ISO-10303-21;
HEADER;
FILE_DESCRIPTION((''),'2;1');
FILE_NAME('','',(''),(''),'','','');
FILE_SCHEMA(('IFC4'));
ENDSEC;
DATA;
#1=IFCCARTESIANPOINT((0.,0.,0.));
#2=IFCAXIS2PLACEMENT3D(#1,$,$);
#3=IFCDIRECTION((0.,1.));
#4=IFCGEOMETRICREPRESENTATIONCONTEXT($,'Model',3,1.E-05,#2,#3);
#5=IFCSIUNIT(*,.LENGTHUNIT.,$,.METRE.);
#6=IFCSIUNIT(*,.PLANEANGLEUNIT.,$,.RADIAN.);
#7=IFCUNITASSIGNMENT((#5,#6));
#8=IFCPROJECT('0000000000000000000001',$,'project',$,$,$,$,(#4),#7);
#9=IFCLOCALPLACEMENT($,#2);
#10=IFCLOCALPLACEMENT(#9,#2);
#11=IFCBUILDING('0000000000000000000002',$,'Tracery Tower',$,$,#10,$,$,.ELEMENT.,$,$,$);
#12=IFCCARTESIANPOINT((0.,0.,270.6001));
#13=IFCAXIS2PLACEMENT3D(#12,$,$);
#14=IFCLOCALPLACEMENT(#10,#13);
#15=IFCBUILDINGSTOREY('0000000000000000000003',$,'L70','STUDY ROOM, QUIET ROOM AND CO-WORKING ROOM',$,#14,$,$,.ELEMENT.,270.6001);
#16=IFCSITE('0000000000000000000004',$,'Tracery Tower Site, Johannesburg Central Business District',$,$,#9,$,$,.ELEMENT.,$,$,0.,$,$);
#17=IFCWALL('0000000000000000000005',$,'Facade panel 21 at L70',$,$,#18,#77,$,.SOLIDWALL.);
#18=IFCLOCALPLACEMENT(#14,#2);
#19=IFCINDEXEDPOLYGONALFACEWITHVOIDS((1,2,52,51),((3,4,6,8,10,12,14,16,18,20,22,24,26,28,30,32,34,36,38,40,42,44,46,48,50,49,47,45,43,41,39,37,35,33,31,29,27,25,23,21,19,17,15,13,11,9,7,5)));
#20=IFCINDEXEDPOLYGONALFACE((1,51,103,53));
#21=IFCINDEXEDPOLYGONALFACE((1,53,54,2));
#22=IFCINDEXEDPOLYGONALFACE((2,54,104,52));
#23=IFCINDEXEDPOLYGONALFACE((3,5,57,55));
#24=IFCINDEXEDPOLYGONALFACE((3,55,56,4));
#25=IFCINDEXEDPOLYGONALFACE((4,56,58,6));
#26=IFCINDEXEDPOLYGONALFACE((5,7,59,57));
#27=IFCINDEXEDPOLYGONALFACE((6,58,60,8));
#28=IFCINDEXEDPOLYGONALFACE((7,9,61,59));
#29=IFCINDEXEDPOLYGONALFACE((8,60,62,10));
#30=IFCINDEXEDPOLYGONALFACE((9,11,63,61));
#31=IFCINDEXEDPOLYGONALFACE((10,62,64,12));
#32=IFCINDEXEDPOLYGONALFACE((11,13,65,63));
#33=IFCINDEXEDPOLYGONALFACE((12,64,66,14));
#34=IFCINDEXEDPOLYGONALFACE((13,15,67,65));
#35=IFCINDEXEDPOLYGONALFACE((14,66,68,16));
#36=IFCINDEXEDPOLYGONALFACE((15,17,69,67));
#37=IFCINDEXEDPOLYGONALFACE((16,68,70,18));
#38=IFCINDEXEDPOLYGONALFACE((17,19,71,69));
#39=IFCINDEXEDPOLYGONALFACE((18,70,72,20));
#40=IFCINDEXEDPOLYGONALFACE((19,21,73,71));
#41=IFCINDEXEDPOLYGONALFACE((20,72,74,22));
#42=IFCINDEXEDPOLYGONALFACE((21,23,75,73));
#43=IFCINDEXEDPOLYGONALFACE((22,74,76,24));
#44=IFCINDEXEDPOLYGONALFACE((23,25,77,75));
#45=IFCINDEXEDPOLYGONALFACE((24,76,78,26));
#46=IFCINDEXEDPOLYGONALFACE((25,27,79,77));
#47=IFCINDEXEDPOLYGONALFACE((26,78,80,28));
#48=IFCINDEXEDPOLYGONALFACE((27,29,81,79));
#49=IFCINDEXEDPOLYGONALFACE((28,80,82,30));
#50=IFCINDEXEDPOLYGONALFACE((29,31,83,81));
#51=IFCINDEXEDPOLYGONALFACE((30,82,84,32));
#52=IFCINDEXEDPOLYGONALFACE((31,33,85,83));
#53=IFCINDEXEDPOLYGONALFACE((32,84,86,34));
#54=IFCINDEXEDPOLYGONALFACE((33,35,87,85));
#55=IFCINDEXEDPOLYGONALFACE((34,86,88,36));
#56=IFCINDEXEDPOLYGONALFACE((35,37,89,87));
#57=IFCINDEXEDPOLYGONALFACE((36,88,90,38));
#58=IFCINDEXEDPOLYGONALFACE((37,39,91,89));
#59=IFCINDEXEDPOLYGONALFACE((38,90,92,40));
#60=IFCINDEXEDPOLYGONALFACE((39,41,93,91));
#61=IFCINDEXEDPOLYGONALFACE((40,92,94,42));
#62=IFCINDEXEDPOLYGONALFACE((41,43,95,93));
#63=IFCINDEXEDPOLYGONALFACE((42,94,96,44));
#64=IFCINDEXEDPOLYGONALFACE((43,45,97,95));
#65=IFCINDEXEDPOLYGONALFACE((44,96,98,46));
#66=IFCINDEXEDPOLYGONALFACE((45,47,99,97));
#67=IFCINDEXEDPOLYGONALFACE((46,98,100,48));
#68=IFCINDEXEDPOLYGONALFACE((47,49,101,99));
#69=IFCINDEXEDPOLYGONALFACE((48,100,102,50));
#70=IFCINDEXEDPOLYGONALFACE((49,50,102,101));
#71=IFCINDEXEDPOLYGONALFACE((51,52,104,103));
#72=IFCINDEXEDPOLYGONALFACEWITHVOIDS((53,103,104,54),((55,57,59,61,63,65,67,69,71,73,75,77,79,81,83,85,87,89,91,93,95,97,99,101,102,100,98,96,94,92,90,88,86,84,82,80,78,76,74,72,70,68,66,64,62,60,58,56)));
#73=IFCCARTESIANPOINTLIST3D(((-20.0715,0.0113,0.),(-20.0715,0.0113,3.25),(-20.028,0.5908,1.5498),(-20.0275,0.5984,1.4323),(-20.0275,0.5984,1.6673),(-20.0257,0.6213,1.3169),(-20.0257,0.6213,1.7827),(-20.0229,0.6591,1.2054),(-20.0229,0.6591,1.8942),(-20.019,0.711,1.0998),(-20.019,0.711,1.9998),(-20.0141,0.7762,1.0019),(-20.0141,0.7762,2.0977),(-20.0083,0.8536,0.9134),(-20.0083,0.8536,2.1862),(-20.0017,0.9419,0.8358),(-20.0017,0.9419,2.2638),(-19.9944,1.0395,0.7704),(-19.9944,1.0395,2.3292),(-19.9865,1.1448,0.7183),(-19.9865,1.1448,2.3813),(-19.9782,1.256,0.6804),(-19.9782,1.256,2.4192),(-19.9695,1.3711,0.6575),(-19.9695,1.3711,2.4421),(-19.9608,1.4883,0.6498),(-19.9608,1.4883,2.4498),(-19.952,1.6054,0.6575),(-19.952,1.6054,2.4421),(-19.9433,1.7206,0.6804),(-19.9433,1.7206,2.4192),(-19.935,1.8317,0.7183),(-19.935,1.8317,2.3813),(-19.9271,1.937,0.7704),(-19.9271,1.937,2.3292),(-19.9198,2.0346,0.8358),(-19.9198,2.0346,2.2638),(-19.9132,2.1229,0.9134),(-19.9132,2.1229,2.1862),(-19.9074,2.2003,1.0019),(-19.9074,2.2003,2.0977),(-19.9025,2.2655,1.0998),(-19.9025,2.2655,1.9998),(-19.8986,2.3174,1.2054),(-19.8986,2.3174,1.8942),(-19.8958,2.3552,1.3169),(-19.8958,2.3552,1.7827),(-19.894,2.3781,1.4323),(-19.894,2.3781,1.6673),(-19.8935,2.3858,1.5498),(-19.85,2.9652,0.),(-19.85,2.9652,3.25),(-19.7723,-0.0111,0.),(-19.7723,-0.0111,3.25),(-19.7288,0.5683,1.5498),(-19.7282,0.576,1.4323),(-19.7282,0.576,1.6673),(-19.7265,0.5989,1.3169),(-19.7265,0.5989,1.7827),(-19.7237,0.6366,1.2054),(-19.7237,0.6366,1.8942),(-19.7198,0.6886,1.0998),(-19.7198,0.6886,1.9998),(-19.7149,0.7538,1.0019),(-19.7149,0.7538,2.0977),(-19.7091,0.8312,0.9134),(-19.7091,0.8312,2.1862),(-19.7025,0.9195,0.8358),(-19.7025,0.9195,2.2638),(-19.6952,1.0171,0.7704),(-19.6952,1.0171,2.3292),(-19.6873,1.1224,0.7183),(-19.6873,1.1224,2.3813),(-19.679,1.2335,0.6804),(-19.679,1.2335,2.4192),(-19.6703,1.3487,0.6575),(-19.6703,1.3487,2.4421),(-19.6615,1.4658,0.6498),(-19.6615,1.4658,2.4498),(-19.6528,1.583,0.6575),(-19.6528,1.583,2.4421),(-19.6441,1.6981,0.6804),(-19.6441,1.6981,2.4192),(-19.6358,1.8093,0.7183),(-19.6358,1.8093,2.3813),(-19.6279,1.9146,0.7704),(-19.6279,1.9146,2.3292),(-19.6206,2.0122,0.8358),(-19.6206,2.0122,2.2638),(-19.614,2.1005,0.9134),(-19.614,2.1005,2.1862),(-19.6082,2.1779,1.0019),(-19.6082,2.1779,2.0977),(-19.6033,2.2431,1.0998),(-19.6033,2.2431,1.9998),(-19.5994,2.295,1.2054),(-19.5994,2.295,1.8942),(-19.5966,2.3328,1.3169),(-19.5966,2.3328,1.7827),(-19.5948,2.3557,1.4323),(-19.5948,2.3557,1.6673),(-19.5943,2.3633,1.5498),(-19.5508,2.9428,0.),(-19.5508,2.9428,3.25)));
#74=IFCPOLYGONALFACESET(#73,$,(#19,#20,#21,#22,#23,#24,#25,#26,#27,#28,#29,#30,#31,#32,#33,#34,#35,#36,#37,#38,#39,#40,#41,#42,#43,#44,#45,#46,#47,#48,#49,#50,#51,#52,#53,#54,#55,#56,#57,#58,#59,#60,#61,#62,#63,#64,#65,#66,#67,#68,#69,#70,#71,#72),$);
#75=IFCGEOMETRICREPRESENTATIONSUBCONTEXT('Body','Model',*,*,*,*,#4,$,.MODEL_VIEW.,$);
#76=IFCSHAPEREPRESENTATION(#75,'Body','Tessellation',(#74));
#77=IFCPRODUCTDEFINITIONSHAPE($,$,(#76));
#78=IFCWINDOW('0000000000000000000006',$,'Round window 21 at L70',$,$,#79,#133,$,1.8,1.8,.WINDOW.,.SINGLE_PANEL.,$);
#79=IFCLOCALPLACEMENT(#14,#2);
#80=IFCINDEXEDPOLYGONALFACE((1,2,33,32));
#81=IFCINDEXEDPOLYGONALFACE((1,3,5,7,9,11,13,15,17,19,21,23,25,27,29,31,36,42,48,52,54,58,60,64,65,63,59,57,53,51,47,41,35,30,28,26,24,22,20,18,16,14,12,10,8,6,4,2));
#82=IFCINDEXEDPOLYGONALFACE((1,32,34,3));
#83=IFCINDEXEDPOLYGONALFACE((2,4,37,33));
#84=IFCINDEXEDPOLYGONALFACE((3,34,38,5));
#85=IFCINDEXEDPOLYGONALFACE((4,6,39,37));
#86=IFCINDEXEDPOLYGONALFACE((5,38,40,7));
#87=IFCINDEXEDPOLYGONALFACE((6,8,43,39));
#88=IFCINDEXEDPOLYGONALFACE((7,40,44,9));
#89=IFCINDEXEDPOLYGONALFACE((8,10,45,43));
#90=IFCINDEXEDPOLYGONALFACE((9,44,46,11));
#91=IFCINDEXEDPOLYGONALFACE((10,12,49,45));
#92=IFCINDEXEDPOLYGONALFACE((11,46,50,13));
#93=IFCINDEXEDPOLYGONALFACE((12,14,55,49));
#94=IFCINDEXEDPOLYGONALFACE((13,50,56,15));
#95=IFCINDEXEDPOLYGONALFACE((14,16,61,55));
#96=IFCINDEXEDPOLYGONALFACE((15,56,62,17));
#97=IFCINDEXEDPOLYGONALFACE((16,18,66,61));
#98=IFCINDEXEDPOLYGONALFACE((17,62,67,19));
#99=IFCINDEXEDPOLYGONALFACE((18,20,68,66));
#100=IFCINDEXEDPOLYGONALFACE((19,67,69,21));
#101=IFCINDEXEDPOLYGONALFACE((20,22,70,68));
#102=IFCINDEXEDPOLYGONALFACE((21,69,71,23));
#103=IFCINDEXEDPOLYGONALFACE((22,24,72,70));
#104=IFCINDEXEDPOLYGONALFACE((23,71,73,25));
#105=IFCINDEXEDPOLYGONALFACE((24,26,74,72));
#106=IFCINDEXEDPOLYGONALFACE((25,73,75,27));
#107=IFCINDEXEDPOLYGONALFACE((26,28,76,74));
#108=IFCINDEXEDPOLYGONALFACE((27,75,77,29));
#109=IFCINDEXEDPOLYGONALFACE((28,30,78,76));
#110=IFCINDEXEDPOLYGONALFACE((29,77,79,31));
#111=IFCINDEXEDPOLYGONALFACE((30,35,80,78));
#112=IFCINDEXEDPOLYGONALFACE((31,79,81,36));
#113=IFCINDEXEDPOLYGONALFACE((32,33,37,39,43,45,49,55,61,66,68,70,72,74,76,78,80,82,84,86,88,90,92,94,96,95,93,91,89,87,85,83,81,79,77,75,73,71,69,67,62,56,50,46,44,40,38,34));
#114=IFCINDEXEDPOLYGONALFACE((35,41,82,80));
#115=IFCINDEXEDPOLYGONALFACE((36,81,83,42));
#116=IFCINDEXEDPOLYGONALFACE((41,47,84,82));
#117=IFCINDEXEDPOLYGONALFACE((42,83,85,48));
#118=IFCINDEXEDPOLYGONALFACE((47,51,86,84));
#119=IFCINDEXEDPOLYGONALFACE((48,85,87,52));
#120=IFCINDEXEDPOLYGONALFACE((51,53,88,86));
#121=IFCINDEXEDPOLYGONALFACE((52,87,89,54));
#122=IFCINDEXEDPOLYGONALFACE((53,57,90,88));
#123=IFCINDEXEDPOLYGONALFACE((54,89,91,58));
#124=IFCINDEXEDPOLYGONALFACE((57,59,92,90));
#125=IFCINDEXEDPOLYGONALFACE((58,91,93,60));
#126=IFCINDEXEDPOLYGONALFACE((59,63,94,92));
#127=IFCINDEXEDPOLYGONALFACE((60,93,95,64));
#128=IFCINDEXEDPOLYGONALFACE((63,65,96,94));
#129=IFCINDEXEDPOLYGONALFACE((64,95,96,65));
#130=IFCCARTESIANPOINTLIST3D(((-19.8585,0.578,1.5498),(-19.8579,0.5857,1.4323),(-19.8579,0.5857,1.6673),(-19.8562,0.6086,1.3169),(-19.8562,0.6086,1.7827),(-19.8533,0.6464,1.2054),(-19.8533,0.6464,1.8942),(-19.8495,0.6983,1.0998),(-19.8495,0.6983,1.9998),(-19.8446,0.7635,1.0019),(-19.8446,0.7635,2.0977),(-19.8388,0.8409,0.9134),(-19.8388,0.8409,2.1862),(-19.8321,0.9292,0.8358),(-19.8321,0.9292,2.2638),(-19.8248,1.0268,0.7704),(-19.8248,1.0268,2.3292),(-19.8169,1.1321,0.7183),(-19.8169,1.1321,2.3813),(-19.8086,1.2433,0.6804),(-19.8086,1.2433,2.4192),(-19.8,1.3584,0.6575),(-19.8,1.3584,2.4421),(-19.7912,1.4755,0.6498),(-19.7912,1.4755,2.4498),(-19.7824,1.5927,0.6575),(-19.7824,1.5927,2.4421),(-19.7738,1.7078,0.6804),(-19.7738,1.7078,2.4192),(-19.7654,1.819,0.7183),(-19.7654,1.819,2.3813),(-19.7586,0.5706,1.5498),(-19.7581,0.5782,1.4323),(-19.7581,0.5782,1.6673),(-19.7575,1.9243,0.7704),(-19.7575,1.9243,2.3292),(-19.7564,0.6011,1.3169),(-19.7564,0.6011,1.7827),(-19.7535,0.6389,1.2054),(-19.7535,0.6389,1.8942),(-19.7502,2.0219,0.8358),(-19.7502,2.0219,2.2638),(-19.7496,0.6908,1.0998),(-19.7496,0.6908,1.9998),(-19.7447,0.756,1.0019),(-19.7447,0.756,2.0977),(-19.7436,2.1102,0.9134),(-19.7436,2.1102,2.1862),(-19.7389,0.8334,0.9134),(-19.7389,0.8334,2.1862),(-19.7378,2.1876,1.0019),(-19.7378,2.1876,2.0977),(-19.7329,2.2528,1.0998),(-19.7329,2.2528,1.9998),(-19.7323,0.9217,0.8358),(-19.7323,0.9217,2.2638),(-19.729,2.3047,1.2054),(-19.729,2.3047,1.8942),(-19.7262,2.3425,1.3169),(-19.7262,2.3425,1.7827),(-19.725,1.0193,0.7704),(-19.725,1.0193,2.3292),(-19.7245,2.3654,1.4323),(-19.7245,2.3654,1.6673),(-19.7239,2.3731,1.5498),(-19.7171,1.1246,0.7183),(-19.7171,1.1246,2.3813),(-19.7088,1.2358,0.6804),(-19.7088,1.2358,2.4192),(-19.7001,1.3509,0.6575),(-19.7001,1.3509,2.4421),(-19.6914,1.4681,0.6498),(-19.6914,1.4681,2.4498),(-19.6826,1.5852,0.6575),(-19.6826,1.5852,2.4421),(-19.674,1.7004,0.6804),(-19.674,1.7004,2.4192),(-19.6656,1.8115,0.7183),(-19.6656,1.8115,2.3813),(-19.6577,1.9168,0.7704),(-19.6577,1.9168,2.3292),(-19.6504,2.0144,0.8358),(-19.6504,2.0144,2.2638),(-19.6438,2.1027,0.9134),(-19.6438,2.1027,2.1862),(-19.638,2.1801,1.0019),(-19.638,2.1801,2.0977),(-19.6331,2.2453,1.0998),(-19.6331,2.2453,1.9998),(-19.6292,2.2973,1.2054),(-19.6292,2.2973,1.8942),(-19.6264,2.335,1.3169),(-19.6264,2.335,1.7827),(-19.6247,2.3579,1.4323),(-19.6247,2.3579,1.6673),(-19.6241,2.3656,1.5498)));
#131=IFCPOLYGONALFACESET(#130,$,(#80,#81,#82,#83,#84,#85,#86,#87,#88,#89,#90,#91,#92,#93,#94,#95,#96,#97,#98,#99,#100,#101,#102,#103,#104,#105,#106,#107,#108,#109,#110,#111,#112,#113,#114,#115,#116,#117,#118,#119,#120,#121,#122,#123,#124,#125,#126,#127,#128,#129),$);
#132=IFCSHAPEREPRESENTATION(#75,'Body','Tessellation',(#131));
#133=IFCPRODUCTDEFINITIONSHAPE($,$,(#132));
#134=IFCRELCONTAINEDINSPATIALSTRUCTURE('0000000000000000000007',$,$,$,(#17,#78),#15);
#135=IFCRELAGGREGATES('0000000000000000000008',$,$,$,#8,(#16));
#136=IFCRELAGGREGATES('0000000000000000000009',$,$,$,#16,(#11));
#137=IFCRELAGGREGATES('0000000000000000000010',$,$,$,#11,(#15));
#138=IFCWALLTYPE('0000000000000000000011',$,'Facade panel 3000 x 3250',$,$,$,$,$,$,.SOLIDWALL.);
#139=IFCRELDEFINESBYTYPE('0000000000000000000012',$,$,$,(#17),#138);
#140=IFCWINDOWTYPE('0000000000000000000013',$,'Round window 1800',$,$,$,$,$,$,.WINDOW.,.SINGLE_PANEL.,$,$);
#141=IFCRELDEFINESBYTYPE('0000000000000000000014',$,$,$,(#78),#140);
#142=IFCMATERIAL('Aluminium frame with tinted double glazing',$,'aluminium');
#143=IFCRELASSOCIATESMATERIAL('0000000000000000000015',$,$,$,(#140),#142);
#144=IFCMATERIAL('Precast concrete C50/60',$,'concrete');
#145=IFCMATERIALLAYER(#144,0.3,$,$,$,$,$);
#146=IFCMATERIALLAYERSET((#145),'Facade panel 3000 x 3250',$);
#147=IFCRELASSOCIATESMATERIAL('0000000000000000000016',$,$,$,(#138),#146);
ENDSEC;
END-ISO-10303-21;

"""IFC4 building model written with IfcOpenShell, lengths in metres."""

from ifc_helpers import new_model, si_unit, direction, frame, frame_2d, origin, origin_2d, place, context, subcontext, project, spatial, rectangle, circle, extrude, material, layer, layer_set, type_object, element, fill, save


model = new_model("IFC4")

# Units and contexts
model_context = context("Model", 3, precision=1e-05, world=origin(), true_north=direction((0.0, 1.0)))
body_context = subcontext(model_context, "Body", "Model", "MODEL_VIEW")
ifc_project = project(units=[si_unit("LENGTHUNIT", "METRE"), si_unit("PLANEANGLEUNIT", "RADIAN")], contexts=[model_context])

# Site, building, storey
site_placement = place(None, origin())
site = spatial("IfcSite", under=ifc_project, at=site_placement, Name="Tracery Tower Site, Johannesburg Central Business District", CompositionType="ELEMENT", RefElevation=0.0)
building_placement = place(site_placement, origin())
building = spatial("IfcBuilding", under=site, at=building_placement, Name="Tracery Tower", CompositionType="ELEMENT")
storey_placement = place(building_placement, frame((0.0, 0.0, 270.6001)))
storey = spatial("IfcBuildingStorey", under=building, at=storey_placement, Name="L70", Description="STUDY ROOM, QUIET ROOM AND CO-WORKING ROOM", CompositionType="ELEMENT", Elevation=270.6001)

# Wall, opening, window
ifc_material_1 = material(Name="Aluminium frame with tinted double glazing", Category="aluminium")
window_type = type_object("IfcWindowType", Name="Round window 1800", PartitioningType="SINGLE_PANEL", PredefinedType="WINDOW", material=ifc_material_1)
ifc_material_2 = material(Name="Precast concrete C50/60", Category="concrete")
ifc_layer_1 = layer(ifc_material_2, 0.3)
ifc_layer_set_1 = layer_set([ifc_layer_1], Name="Facade panel 3000 x 3250")
wall_type_1 = type_object("IfcWallType", Name="Facade panel 3000 x 3250", PredefinedType="SOLIDWALL", material=ifc_layer_set_1)
wall_1_placement = place(storey_placement, frame((-19.7004, 2.9539, 0.0), z_axis=(0.0, 0.0, 1.0), x_axis=(-0.074755, -0.997202, 0.0)))
wall_1 = element("IfcWall", 1, at=wall_1_placement, inside=storey, type_object=wall_type_1, Name="Facade panel 21 at L70", PredefinedType="SOLIDWALL", context=body_context, shape_type="SweptSolid", body=[
    extrude(rectangle(XDim=2.9622, YDim=0.3, at=frame_2d((1.481, 0.0))), origin(), (0.0, 0.0, 1.0), 3.25),
])
opening_1_placement = place(wall_1_placement, frame((1.481, 0.0, 1.5498)))
opening_1 = element("IfcOpeningElement", 2, at=opening_1_placement, cuts=wall_1, PredefinedType="OPENING", context=body_context, shape_type="SweptSolid", body=[
    extrude(circle(Radius=0.9, at=origin_2d()), frame((0.0, 0.1599, 0.0), z_axis=(0.0, -1.0, 0.0), x_axis=(1.0, 0.0, 0.0)), (0.0, 0.0, 1.0), 0.3201),
])
window_1_placement = place(opening_1_placement, origin())
window_1 = element("IfcWindow", 3, at=window_1_placement, inside=storey, type_object=window_type, Name="Round window 21 at L70", OverallHeight=1.8, OverallWidth=1.8, PartitioningType="SINGLE_PANEL", PredefinedType="WINDOW", context=body_context, shape_type="SweptSolid", body=[
    extrude(circle(Radius=0.9, at=origin_2d()), frame((0.0, 0.1201, 0.0), z_axis=(0.0, -1.0, 0.0), x_axis=(1.0, 0.0, 0.0)), (0.0, 0.0, 1.0), 0.1001),
])
fill(opening_1, window_1)

save(model, "model.ifc")
